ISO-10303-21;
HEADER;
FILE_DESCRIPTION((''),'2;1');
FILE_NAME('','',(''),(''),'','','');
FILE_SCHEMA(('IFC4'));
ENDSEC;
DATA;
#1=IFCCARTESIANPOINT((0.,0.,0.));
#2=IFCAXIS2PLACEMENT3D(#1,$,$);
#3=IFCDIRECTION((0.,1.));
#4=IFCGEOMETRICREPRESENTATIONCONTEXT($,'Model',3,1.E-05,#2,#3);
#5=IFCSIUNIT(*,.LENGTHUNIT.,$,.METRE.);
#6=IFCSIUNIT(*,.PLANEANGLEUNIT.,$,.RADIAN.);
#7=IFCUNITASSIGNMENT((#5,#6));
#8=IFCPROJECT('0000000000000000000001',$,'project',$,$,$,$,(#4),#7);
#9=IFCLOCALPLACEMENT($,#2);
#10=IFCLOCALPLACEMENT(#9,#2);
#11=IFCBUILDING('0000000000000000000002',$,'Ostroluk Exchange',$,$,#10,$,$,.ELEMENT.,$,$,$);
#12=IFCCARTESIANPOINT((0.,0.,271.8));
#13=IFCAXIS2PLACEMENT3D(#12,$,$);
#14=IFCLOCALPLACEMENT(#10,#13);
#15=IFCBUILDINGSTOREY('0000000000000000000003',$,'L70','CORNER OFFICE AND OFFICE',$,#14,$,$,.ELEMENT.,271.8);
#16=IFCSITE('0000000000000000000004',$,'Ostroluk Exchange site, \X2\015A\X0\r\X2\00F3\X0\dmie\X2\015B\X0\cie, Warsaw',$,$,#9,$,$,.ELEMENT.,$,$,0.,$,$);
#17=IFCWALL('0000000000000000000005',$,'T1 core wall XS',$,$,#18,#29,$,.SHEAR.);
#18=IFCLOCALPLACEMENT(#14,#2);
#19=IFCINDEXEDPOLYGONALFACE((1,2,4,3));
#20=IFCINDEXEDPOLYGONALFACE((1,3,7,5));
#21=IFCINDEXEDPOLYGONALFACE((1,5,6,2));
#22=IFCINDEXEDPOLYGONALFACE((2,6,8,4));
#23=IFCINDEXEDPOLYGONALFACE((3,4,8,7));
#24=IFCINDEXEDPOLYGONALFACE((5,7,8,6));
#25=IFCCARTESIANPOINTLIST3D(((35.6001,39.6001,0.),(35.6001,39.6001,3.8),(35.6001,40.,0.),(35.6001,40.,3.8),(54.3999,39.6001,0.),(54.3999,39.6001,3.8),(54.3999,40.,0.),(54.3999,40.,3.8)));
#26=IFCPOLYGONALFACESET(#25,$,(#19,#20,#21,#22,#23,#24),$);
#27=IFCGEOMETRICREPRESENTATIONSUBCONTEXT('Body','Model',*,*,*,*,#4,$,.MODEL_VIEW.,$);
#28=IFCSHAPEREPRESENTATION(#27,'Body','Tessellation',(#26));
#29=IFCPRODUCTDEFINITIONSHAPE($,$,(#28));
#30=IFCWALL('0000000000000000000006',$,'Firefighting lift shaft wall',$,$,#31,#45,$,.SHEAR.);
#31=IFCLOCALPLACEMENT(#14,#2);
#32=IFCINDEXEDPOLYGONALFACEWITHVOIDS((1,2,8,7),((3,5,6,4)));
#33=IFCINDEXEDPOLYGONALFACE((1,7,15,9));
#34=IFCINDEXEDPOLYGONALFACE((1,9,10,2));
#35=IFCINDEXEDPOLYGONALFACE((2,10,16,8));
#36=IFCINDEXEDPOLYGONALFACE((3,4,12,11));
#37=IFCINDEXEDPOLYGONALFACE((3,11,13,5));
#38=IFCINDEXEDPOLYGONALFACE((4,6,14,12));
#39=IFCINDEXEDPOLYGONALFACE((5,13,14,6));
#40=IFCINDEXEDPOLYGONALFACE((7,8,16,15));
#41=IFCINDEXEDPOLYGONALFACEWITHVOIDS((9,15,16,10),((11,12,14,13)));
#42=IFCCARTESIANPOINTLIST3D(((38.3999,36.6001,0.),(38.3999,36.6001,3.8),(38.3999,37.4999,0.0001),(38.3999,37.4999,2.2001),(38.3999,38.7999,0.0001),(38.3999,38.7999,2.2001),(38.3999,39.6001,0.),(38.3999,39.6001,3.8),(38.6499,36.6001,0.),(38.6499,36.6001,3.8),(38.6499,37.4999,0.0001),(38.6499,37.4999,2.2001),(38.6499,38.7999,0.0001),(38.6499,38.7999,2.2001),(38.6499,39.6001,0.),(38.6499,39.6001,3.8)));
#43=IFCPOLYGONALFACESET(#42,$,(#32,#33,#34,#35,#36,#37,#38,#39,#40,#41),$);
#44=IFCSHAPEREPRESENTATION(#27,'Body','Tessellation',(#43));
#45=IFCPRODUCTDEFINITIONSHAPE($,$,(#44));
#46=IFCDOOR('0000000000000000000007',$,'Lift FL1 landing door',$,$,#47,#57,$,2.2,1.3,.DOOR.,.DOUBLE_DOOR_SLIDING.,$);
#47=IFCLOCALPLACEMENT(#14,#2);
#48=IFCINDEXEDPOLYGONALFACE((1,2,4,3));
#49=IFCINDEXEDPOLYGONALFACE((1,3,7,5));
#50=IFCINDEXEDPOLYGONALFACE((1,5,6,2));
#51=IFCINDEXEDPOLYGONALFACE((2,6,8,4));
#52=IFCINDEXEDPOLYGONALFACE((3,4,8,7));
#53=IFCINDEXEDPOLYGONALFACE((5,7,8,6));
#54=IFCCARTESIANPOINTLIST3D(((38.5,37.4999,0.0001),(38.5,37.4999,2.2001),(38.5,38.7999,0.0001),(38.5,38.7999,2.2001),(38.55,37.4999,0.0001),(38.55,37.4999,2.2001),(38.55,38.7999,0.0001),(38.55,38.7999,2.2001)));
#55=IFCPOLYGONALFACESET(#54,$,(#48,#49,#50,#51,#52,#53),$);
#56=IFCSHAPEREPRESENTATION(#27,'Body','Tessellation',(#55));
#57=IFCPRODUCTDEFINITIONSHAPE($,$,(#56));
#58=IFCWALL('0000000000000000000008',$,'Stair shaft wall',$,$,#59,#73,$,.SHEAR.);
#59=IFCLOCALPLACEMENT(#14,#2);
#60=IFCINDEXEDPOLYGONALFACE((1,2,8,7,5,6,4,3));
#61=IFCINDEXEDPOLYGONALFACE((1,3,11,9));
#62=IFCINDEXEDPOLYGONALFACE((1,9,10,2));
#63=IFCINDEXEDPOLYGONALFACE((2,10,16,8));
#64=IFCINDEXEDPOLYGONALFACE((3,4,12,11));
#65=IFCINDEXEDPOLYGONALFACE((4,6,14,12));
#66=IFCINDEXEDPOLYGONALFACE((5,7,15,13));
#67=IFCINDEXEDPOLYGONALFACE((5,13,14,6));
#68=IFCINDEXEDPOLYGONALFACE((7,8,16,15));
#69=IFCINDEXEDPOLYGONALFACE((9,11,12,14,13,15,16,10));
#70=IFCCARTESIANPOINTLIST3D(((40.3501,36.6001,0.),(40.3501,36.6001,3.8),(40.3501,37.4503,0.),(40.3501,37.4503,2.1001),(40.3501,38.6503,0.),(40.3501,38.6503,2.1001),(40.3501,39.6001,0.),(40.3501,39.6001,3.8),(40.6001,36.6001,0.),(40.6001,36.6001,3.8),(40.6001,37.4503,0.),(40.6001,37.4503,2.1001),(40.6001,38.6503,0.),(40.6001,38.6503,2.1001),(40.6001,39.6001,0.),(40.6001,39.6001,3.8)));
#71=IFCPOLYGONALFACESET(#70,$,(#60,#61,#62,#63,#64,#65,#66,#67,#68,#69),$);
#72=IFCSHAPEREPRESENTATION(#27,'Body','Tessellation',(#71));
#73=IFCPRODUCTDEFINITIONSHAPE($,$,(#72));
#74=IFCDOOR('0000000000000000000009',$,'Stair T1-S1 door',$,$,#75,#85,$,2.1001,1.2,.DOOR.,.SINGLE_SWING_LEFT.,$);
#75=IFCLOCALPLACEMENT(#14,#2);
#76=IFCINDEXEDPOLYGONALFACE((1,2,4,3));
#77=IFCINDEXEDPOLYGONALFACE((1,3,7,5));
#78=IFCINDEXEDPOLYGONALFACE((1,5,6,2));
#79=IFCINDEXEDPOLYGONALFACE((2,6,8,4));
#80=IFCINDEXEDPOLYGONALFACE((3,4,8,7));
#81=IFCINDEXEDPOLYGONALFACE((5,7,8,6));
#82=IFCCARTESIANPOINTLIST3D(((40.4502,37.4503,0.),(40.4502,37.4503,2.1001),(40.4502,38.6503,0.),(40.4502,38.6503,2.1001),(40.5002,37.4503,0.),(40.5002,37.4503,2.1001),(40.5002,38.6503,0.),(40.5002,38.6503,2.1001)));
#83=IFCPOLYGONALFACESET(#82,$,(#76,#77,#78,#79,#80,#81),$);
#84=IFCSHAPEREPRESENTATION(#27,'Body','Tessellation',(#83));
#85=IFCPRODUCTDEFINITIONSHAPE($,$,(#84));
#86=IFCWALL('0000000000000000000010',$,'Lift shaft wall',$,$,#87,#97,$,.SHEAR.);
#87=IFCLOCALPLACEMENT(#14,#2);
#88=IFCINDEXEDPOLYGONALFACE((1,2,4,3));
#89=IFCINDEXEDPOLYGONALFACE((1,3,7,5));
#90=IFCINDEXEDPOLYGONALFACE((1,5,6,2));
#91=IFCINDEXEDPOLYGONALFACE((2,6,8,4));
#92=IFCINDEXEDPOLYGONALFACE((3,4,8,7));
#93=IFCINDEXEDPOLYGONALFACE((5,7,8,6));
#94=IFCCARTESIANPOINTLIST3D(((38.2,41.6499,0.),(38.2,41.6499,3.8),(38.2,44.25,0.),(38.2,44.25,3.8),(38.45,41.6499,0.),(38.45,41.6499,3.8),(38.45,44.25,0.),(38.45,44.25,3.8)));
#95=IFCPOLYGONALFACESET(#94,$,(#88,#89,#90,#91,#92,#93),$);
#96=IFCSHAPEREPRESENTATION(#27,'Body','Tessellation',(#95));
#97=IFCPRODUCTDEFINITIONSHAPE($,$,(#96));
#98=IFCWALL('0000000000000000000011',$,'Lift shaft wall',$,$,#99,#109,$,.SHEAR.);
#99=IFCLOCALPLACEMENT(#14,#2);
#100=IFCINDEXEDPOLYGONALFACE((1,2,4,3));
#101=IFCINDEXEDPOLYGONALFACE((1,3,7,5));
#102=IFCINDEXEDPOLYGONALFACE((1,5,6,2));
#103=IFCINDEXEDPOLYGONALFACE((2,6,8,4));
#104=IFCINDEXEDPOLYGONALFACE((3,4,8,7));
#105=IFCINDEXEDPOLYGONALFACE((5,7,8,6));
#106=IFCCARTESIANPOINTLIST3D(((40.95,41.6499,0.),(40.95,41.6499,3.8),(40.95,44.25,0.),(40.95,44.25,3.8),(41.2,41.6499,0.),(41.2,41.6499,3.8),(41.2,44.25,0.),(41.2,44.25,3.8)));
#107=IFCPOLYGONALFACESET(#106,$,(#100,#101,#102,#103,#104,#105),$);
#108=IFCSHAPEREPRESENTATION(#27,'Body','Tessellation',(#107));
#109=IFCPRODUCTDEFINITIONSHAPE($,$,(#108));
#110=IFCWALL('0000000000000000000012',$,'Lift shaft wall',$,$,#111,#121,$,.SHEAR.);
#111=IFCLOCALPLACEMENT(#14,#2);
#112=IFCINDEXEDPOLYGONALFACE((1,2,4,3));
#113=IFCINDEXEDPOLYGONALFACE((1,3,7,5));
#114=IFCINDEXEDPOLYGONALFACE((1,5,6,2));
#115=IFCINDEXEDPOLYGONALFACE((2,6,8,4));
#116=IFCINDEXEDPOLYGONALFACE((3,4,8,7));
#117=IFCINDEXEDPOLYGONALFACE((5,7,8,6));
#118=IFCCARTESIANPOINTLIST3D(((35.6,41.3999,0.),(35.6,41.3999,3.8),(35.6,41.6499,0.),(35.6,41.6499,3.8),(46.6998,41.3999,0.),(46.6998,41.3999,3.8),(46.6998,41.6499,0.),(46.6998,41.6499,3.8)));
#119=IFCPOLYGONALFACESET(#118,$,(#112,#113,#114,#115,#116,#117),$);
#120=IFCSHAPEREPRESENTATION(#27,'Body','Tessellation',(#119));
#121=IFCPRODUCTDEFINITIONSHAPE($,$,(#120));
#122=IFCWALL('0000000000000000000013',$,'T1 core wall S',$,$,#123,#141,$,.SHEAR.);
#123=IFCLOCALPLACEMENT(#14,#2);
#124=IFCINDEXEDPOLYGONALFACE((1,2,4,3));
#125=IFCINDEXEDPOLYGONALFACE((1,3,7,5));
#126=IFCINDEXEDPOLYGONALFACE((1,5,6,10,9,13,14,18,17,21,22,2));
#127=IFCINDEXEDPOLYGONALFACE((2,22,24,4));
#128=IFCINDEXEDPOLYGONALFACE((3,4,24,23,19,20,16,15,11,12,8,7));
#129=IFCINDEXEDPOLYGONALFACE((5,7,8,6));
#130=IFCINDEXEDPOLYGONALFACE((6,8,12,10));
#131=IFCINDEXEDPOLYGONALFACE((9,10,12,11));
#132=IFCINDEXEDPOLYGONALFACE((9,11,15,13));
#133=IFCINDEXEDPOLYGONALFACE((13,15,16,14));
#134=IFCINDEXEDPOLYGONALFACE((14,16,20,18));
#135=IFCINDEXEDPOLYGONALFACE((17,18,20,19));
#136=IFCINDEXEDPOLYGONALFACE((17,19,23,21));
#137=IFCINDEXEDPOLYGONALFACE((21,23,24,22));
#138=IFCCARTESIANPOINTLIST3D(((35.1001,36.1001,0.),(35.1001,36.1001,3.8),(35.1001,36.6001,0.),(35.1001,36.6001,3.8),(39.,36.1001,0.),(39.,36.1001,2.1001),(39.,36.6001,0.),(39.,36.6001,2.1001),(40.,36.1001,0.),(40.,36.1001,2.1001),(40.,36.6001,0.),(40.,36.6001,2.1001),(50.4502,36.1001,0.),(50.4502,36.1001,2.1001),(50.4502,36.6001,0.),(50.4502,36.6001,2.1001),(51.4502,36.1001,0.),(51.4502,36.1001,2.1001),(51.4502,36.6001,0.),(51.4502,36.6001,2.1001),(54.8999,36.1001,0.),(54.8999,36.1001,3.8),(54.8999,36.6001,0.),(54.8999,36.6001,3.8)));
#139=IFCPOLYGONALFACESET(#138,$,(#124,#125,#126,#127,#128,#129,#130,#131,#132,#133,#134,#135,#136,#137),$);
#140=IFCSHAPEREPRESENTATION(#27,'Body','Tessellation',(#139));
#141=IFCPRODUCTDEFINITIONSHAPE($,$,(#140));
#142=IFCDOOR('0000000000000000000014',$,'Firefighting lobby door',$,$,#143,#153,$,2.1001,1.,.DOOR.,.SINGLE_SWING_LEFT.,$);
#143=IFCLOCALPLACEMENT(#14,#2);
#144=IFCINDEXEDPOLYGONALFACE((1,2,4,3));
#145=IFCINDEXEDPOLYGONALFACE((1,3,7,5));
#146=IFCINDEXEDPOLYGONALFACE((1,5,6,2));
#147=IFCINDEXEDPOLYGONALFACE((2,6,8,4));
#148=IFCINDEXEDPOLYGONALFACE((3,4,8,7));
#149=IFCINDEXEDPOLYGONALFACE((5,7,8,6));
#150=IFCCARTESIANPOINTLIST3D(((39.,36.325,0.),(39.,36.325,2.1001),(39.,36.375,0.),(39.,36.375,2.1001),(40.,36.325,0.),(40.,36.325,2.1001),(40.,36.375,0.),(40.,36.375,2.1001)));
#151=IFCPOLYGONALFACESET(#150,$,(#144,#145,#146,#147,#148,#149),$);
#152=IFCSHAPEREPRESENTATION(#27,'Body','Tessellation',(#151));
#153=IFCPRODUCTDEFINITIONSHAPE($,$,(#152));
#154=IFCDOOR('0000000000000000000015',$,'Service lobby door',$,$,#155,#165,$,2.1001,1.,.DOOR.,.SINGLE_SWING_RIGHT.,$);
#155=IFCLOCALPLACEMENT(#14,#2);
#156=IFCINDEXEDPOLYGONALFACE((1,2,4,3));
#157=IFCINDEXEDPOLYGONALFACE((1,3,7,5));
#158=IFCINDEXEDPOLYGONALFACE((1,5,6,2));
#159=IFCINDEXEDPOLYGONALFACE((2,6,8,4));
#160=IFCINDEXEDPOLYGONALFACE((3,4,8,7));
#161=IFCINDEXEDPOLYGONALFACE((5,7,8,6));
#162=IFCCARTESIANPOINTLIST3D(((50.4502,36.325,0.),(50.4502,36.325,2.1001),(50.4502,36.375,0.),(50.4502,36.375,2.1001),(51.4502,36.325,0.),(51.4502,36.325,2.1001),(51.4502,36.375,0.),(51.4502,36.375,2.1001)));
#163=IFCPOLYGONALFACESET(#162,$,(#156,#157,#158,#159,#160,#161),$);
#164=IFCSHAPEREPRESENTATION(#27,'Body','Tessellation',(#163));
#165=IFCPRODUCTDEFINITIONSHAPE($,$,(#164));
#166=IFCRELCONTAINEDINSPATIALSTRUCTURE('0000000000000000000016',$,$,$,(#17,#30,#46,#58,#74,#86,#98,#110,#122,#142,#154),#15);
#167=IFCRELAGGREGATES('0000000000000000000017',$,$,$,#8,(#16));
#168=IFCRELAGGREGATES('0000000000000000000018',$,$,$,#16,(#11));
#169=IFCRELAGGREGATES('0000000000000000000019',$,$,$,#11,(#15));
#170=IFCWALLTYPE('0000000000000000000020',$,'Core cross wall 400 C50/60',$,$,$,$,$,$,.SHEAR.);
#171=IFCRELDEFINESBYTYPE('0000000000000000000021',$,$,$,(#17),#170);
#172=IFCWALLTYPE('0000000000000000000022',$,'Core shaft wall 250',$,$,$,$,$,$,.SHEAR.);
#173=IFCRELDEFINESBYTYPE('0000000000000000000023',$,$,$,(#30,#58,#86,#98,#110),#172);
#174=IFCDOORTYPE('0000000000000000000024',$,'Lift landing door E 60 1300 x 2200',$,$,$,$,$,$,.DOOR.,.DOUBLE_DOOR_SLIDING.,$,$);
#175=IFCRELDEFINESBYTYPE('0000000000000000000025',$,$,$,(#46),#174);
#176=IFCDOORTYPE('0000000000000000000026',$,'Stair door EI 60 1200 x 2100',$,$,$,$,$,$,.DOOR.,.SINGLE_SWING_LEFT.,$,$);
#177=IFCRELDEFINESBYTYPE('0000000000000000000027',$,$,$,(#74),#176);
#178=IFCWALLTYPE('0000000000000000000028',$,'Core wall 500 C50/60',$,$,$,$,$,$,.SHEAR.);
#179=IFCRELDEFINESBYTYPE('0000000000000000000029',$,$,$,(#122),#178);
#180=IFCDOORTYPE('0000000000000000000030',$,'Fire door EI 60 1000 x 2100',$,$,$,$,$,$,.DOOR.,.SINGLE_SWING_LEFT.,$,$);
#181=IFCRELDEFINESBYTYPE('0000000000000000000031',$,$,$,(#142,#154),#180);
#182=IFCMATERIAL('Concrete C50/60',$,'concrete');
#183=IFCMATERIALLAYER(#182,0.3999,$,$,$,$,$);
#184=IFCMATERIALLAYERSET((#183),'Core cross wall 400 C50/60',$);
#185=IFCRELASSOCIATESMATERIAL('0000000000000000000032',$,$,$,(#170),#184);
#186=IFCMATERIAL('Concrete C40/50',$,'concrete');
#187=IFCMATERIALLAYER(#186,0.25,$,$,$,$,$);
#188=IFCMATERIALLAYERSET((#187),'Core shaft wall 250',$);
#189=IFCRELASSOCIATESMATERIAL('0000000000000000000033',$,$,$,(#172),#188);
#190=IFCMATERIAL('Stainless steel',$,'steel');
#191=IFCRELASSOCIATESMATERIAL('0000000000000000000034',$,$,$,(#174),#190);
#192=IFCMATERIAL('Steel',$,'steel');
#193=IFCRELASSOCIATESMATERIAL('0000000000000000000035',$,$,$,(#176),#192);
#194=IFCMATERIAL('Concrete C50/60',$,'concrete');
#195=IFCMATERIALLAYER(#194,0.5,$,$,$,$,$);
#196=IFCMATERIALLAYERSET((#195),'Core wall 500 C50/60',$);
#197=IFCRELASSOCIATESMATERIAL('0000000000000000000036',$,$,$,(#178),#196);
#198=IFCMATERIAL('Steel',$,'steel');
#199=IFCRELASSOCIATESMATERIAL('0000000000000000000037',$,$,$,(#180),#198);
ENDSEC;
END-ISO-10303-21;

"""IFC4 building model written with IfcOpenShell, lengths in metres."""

from ifc_helpers import new_model, si_unit, direction, frame, frame_2d, origin, place, context, subcontext, project, spatial, rectangle, extrude, material, layer, layer_set, type_object, element, fill, save


model = new_model("IFC4")

# Units and contexts
model_context = context("Model", 3, precision=1e-05, world=origin(), true_north=direction((0.0, 1.0)))
body_context = subcontext(model_context, "Body", "Model", "MODEL_VIEW")
ifc_project = project(units=[si_unit("LENGTHUNIT", "METRE"), si_unit("PLANEANGLEUNIT", "RADIAN")], contexts=[model_context])

# Site, building, storey
site_placement = place(None, origin())
site = spatial("IfcSite", under=ifc_project, at=site_placement, Name="Ostroluk Exchange site, Śródmieście, Warsaw", CompositionType="ELEMENT", RefElevation=0.0)
building_placement = place(site_placement, origin())
building = spatial("IfcBuilding", under=site, at=building_placement, Name="Ostroluk Exchange", CompositionType="ELEMENT")
storey_placement = place(building_placement, frame((0.0, 0.0, 271.8)))
storey = spatial("IfcBuildingStorey", under=building, at=storey_placement, Name="L70", Description="CORNER OFFICE AND OFFICE", CompositionType="ELEMENT", Elevation=271.8)

# Wall
ifc_material_1 = material(Name="Concrete C50/60", Category="concrete")
ifc_layer_1 = layer(ifc_material_1, 0.3999)
ifc_layer_set_1 = layer_set([ifc_layer_1], Name="Core cross wall 400 C50/60")
wall_type_1 = type_object("IfcWallType", Name="Core cross wall 400 C50/60", PredefinedType="SHEAR", material=ifc_layer_set_1)
wall_1_placement = place(storey_placement, frame((35.6001, 39.8, 0.0), z_axis=(0.0, 0.0, 1.0), x_axis=(1.0, 0.0, 0.0)))
element("IfcWall", 1, at=wall_1_placement, inside=storey, type_object=wall_type_1, Name="T1 core wall XS", PredefinedType="SHEAR", context=body_context, shape_type="SweptSolid", body=[
    extrude(rectangle(XDim=18.7998, YDim=0.3999, at=frame_2d((9.3999, 0.0))), origin(), (0.0, 0.0, 1.0), 3.8),
])

# Walls, openings, doors
ifc_material_2 = material(Name="Concrete C40/50", Category="concrete")
ifc_layer_2 = layer(ifc_material_2, 0.25)
ifc_layer_set_2 = layer_set([ifc_layer_2], Name="Core shaft wall 250")
wall_type_2 = type_object("IfcWallType", Name="Core shaft wall 250", PredefinedType="SHEAR", material=ifc_layer_set_2)
wall_2_placement = place(storey_placement, frame((38.5249, 36.6001, 0.0), z_axis=(0.0, 0.0, 1.0), x_axis=(0.0, 1.0, 0.0)))
wall_2 = element("IfcWall", 2, at=wall_2_placement, inside=storey, type_object=wall_type_2, Name="Firefighting lift shaft wall", PredefinedType="SHEAR", context=body_context, shape_type="SweptSolid", body=[
    extrude(rectangle(XDim=3.0, YDim=0.25, at=frame_2d((1.5, 0.0))), origin(), (0.0, 0.0, 1.0), 3.8),
])
opening_1_placement = place(wall_2_placement, frame((0.8999, 0.0, 0.0)))
opening_1 = element("IfcOpeningElement", 3, at=opening_1_placement, cuts=wall_2, PredefinedType="OPENING", context=body_context, shape_type="SweptSolid", body=[
    extrude(rectangle(XDim=1.3, YDim=2.2, at=frame_2d((0.6499, 1.1001))), frame((0.0, 0.135, 0.0), z_axis=(0.0, -1.0, 0.0), x_axis=(1.0, 0.0, 0.0)), (0.0, 0.0, 1.0), 0.27),
])
ifc_material_3 = material(Name="Stainless steel", Category="steel")
door_type_1 = type_object("IfcDoorType", Name="Lift landing door E 60 1300 x 2200", OperationType="DOUBLE_DOOR_SLIDING", PredefinedType="DOOR", material=ifc_material_3)
door_1_placement = place(opening_1_placement, origin())
door_1 = element("IfcDoor", 4, at=door_1_placement, inside=storey, type_object=door_type_1, Name="Lift FL1 landing door", OperationType="DOUBLE_DOOR_SLIDING", OverallHeight=2.2, OverallWidth=1.3, PredefinedType="DOOR", context=body_context, shape_type="SweptSolid", body=[
    extrude(rectangle(XDim=1.3, YDim=2.2, at=frame_2d((0.6499, 1.1001))), frame((0.0, 0.0249, 0.0), z_axis=(0.0, -1.0, 0.0), x_axis=(1.0, 0.0, 0.0)), (0.0, 0.0, 1.0), 0.05),
])
fill(opening_1, door_1)
wall_3_placement = place(storey_placement, frame((40.4751, 36.6001, 0.0), z_axis=(0.0, 0.0, 1.0), x_axis=(0.0, 1.0, 0.0)))
wall_3 = element("IfcWall", 5, at=wall_3_placement, inside=storey, type_object=wall_type_2, Name="Stair shaft wall", PredefinedType="SHEAR", context=body_context, shape_type="SweptSolid", body=[
    extrude(rectangle(XDim=3.0, YDim=0.25, at=frame_2d((1.5, 0.0))), origin(), (0.0, 0.0, 1.0), 3.8),
])
opening_2_placement = place(wall_3_placement, frame((0.8501, 0.0, 0.0)))
opening_2 = element("IfcOpeningElement", 6, at=opening_2_placement, cuts=wall_3, PredefinedType="OPENING", context=body_context, shape_type="SweptSolid", body=[
    extrude(rectangle(XDim=1.2, YDim=2.1001, at=frame_2d((0.6001, 1.05))), frame((0.0, 0.135, 0.0), z_axis=(0.0, -1.0, 0.0), x_axis=(1.0, 0.0, 0.0)), (0.0, 0.0, 1.0), 0.27),
])
ifc_material_4 = material(Name="Steel", Category="steel")
door_type_2 = type_object("IfcDoorType", Name="Stair door EI 60 1200 x 2100", OperationType="SINGLE_SWING_LEFT", PredefinedType="DOOR", material=ifc_material_4)
door_2_placement = place(opening_2_placement, origin())
door_2 = element("IfcDoor", 7, at=door_2_placement, inside=storey, type_object=door_type_2, Name="Stair T1-S1 door", OperationType="SINGLE_SWING_LEFT", OverallHeight=2.1001, OverallWidth=1.2, PredefinedType="DOOR", context=body_context, shape_type="SweptSolid", body=[
    extrude(rectangle(XDim=1.2, YDim=2.1001, at=frame_2d((0.6001, 1.05))), frame((0.0, 0.0249, 0.0), z_axis=(0.0, -1.0, 0.0), x_axis=(1.0, 0.0, 0.0)), (0.0, 0.0, 1.0), 0.05),
])
fill(opening_2, door_2)

# Walls
for number, where, z_axis, x_axis, name in (
    (8, (38.325, 44.25, 0.0), (0.0, 0.0, 1.0), (0.0, -1.0, 0.0), "Lift shaft wall"),
    (9, (41.075, 44.25, 0.0), (0.0, 0.0, 1.0), (0.0, -1.0, 0.0), "Lift shaft wall"),
):
    element("IfcWall", number, at=place(storey_placement, frame(where, z_axis=z_axis, x_axis=x_axis)), inside=storey, type_object=wall_type_2, Name=name, PredefinedType="SHEAR", context=body_context, shape_type="SweptSolid", body=[
        extrude(rectangle(XDim=2.6001, YDim=0.25, at=frame_2d((1.3, 0.0))), origin(), (0.0, 0.0, 1.0), 3.8),
    ])
wall_4_placement = place(storey_placement, frame((35.6001, 41.5249, 0.0), z_axis=(0.0, 0.0, 1.0), x_axis=(1.0, 0.0, 0.0)))
element("IfcWall", 10, at=wall_4_placement, inside=storey, type_object=wall_type_2, Name="Lift shaft wall", PredefinedType="SHEAR", context=body_context, shape_type="SweptSolid", body=[
    extrude(rectangle(XDim=11.0999, YDim=0.25, at=frame_2d((5.5498, 0.0))), origin(), (0.0, 0.0, 1.0), 3.8),
])

# Wall, openings, doors
ifc_material_5 = material(Name="Concrete C50/60", Category="concrete")
ifc_layer_3 = layer(ifc_material_5, 0.5)
ifc_layer_set_3 = layer_set([ifc_layer_3], Name="Core wall 500 C50/60")
wall_type_3 = type_object("IfcWallType", Name="Core wall 500 C50/60", PredefinedType="SHEAR", material=ifc_layer_set_3)
wall_5_placement = place(storey_placement, frame((35.1001, 36.3501, 0.0), z_axis=(0.0, 0.0, 1.0), x_axis=(1.0, 0.0, 0.0)))
wall_5 = element("IfcWall", 11, at=wall_5_placement, inside=storey, type_object=wall_type_3, Name="T1 core wall S", PredefinedType="SHEAR", context=body_context, shape_type="SweptSolid", body=[
    extrude(rectangle(XDim=19.7998, YDim=0.5, at=frame_2d((9.8999, 0.0))), origin(), (0.0, 0.0, 1.0), 3.8),
])
opening_3_placement = place(wall_5_placement, frame((3.8999, 0.0, 0.0)))
opening_3 = element("IfcOpeningElement", 12, at=opening_3_placement, cuts=wall_5, PredefinedType="OPENING", context=body_context, shape_type="SweptSolid", body=[
    extrude(rectangle(XDim=1.0, YDim=2.1001, at=frame_2d((0.5, 1.05))), frame((0.0, 0.26, 0.0), z_axis=(0.0, -1.0, 0.0), x_axis=(1.0, 0.0, 0.0)), (0.0, 0.0, 1.0), 0.52),
])
opening_4_placement = place(wall_5_placement, frame((15.3501, 0.0, 0.0)))
opening_4 = element("IfcOpeningElement", 13, at=opening_4_placement, cuts=wall_5, PredefinedType="OPENING", context=body_context, shape_type="SweptSolid", body=[
    extrude(rectangle(XDim=1.0, YDim=2.1001, at=frame_2d((0.5, 1.05))), frame((0.0, 0.26, 0.0), z_axis=(0.0, -1.0, 0.0), x_axis=(1.0, 0.0, 0.0)), (0.0, 0.0, 1.0), 0.52),
])
ifc_material_6 = material(Name="Steel", Category="steel")
door_type_3 = type_object("IfcDoorType", Name="Fire door EI 60 1000 x 2100", OperationType="SINGLE_SWING_LEFT", PredefinedType="DOOR", material=ifc_material_6)
door_3_placement = place(opening_3_placement, origin())
door_3 = element("IfcDoor", 14, at=door_3_placement, inside=storey, type_object=door_type_3, Name="Firefighting lobby door", OperationType="SINGLE_SWING_LEFT", OverallHeight=2.1001, OverallWidth=1.0, PredefinedType="DOOR", context=body_context, shape_type="SweptSolid", body=[
    extrude(rectangle(XDim=1.0, YDim=2.1001, at=frame_2d((0.5, 1.05))), frame((0.0, 0.0249, 0.0), z_axis=(0.0, -1.0, 0.0), x_axis=(1.0, 0.0, 0.0)), (0.0, 0.0, 1.0), 0.05),
])
fill(opening_3, door_3)
door_4_placement = place(opening_4_placement, origin())
door_4 = element("IfcDoor", 15, at=door_4_placement, inside=storey, type_object=door_type_3, Name="Service lobby door", OperationType="SINGLE_SWING_RIGHT", OverallHeight=2.1001, OverallWidth=1.0, PredefinedType="DOOR", context=body_context, shape_type="SweptSolid", body=[
    extrude(rectangle(XDim=1.0, YDim=2.1001, at=frame_2d((0.5, 1.05))), frame((0.0, 0.0249, 0.0), z_axis=(0.0, -1.0, 0.0), x_axis=(1.0, 0.0, 0.0)), (0.0, 0.0, 1.0), 0.05),
])
fill(opening_4, door_4)

save(model, "model.ifc")
